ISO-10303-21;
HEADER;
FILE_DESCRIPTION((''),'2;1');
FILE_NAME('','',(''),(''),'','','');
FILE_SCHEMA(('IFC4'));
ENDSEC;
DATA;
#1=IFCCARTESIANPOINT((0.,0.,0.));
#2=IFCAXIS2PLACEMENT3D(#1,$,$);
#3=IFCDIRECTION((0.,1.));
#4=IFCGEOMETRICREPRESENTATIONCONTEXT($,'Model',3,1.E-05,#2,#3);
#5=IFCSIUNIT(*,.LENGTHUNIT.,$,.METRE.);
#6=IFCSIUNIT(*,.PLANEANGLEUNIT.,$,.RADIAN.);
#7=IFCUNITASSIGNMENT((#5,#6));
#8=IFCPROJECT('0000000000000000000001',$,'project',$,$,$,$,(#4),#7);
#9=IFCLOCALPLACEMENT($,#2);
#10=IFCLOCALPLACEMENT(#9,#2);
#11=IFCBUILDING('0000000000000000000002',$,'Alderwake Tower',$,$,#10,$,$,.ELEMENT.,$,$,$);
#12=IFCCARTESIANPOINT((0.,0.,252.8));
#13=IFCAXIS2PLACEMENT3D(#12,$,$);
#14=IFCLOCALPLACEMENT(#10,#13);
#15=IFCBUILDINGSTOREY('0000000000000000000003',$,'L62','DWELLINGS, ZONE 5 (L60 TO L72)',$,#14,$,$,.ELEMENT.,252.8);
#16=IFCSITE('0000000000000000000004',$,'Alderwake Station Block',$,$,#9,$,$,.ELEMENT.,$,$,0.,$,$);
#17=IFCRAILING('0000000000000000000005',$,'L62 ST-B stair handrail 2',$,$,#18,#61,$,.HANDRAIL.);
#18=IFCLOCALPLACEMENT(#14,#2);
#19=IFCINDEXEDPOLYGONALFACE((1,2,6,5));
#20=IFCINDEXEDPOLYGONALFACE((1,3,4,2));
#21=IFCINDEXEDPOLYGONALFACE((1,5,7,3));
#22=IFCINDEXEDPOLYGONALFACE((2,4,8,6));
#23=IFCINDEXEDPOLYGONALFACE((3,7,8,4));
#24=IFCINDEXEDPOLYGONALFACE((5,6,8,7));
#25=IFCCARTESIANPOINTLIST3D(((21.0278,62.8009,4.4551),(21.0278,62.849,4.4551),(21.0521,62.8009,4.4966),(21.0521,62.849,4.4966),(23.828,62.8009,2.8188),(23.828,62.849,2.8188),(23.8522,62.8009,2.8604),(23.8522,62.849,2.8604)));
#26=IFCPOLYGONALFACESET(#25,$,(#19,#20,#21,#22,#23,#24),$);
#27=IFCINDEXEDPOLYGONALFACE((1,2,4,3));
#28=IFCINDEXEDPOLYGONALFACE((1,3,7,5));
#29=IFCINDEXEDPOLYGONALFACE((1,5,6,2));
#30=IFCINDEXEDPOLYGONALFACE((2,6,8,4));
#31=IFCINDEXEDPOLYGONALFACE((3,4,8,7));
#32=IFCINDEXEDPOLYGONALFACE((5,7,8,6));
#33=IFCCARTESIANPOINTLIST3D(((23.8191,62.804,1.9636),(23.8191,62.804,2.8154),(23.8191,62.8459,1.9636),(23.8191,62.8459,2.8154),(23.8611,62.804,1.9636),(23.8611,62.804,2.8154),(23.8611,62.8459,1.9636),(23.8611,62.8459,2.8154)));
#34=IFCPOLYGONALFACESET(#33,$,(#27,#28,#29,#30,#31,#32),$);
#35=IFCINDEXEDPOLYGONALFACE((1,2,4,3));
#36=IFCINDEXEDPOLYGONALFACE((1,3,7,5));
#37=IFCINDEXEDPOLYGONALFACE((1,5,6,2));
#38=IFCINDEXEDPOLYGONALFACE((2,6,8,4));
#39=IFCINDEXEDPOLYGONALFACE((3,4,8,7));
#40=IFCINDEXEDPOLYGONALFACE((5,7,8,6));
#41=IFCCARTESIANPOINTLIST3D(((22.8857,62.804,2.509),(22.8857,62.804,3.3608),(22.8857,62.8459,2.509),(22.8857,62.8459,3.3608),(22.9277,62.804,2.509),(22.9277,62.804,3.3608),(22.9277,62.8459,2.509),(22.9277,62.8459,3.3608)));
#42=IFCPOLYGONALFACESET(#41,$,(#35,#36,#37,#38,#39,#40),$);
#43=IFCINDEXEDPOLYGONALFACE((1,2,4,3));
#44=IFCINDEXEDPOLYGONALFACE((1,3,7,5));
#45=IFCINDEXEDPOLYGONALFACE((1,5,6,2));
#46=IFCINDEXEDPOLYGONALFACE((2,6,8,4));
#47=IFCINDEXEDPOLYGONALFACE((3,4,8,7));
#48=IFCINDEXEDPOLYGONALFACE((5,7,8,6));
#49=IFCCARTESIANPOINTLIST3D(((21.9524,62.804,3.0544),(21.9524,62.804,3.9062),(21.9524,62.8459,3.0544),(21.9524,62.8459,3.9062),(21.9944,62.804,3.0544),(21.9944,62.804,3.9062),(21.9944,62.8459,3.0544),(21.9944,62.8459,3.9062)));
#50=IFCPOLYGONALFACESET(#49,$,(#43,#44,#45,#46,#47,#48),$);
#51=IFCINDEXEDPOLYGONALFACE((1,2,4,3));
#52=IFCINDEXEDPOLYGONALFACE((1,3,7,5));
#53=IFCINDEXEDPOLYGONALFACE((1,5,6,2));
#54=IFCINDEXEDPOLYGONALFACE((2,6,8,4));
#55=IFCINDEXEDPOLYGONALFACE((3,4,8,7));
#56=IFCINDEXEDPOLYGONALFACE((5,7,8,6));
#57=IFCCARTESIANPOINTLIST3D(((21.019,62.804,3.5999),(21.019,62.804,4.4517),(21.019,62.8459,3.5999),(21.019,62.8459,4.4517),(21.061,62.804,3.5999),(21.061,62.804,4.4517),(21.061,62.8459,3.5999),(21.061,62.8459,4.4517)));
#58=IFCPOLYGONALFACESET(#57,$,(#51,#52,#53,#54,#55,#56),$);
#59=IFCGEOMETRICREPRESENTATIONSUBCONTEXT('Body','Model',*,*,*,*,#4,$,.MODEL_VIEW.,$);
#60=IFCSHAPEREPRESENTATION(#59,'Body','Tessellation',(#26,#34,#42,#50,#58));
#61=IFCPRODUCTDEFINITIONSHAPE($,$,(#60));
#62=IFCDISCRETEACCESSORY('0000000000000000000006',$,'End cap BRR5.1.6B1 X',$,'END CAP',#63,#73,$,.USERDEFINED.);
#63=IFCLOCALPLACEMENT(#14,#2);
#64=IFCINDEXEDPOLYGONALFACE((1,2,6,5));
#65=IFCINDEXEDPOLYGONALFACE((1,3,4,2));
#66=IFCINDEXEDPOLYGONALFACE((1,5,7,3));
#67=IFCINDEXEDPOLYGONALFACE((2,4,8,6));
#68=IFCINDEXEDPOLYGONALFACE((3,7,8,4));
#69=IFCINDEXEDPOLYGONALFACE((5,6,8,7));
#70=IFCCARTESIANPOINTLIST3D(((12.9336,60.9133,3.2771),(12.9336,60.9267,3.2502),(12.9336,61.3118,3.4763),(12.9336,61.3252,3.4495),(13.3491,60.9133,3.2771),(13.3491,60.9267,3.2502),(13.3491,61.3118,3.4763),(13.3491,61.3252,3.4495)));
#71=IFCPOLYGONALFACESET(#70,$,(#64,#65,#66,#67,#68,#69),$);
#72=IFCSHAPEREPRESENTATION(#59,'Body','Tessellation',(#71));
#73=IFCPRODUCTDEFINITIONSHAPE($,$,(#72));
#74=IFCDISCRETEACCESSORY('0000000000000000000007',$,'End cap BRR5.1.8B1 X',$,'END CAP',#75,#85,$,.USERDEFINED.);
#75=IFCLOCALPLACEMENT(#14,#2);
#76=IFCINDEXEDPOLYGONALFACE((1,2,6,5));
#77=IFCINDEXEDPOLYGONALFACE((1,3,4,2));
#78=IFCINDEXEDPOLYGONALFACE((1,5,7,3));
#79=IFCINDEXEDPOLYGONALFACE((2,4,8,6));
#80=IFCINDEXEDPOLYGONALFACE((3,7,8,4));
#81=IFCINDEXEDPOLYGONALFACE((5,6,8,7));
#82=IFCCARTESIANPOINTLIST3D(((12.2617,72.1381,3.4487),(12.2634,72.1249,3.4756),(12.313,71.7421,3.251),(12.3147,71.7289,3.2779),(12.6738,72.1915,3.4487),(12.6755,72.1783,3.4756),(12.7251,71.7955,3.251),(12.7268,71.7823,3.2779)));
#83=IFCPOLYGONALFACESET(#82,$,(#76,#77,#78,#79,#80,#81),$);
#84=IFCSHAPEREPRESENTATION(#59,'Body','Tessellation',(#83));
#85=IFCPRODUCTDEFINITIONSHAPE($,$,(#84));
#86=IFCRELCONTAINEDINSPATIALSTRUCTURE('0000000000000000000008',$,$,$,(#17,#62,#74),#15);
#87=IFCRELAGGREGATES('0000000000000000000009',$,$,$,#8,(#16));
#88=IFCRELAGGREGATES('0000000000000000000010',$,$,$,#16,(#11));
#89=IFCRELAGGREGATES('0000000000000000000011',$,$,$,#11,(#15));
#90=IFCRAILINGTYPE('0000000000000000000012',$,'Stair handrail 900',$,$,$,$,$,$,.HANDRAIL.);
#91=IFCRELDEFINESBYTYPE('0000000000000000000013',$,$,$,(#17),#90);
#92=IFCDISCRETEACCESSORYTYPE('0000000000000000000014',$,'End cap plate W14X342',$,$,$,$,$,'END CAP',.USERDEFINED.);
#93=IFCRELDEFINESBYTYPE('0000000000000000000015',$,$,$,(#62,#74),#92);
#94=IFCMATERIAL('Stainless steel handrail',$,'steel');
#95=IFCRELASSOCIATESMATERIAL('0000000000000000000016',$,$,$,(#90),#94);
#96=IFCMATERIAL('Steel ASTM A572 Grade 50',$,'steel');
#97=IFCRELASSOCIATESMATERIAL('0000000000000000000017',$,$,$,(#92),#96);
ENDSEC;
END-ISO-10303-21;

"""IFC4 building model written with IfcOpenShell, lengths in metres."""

from ifc_helpers import new_model, si_unit, direction, frame, origin, origin_2d, place, context, subcontext, project, spatial, rectangle, extrude, material, material_profile, profile_set, type_object, element, save


model = new_model("IFC4")

# Units and contexts
model_context = context("Model", 3, precision=1e-05, world=origin(), true_north=direction((0.0, 1.0)))
body_context = subcontext(model_context, "Body", "Model", "MODEL_VIEW")
ifc_project = project(units=[si_unit("LENGTHUNIT", "METRE"), si_unit("PLANEANGLEUNIT", "RADIAN")], contexts=[model_context])

# Site, building, storey
site_placement = place(None, origin())
site = spatial("IfcSite", under=ifc_project, at=site_placement, Name="Alderwake Station Block", CompositionType="ELEMENT", RefElevation=0.0)
building_placement = place(site_placement, origin())
building = spatial("IfcBuilding", under=site, at=building_placement, Name="Alderwake Tower", CompositionType="ELEMENT")
storey_placement = place(building_placement, frame((0.0, 0.0, 252.8)))
storey = spatial("IfcBuildingStorey", under=building, at=storey_placement, Name="L62", Description="DWELLINGS, ZONE 5 (L60 TO L72)", CompositionType="ELEMENT", Elevation=252.8)

# Railing
ifc_material_1 = material(Name="Stainless steel handrail", Category="steel")
railing_type = type_object("IfcRailingType", Name="Stair handrail 900", PredefinedType="HANDRAIL", material=ifc_material_1)
railing_placement = place(storey_placement, frame((23.8401, 62.825, 1.9636)))
element("IfcRailing", 1, at=railing_placement, inside=storey, type_object=railing_type, Name="L62 ST-B stair handrail 2", PredefinedType="HANDRAIL", context=body_context, shape_type="SweptSolid", body=[
    extrude(rectangle(XDim=0.0481, YDim=0.0481, at=origin_2d()), frame((0.0, 0.0, 0.876), z_axis=(-0.863394, 0.0, 0.504531), x_axis=(0.0, -1.0, 0.0)), (0.0, 0.0, 1.0), 3.2432),
    extrude(rectangle(XDim=0.042, YDim=0.042, at=origin_2d()), frame((0.0, 0.0, 0.0), z_axis=(0.0, 0.0, 1.0), x_axis=(-1.0, 0.0, 0.0)), (0.0, 0.0, 1.0), 0.8518),
    extrude(rectangle(XDim=0.042, YDim=0.042, at=origin_2d()), frame((-0.9333, 0.0, 0.5454), z_axis=(0.0, 0.0, 1.0), x_axis=(-1.0, 0.0, 0.0)), (0.0, 0.0, 1.0), 0.8518),
    extrude(rectangle(XDim=0.042, YDim=0.042, at=origin_2d()), frame((-1.8667, 0.0, 1.0908), z_axis=(0.0, 0.0, 1.0), x_axis=(-1.0, 0.0, 0.0)), (0.0, 0.0, 1.0), 0.8518),
    extrude(rectangle(XDim=0.042, YDim=0.042, at=origin_2d()), frame((-2.8, 0.0, 1.6362), z_axis=(0.0, 0.0, 1.0), x_axis=(-1.0, 0.0, 0.0)), (0.0, 0.0, 1.0), 0.8518),
])

# Discrete accessories
ifc_material_2 = material(Name="Steel ASTM A572 Grade 50", Category="steel")
ifc_material_profile = material_profile(ifc_material_2, rectangle(XDim=0.4155, YDim=0.4456, at=origin_2d()), Name="W14X342 cap")
ifc_profile_set = profile_set([ifc_material_profile], Name="Steel ASTM A572 Grade 50")
discrete_accessory_type = type_object("IfcDiscreteAccessoryType", Name="End cap plate W14X342", ElementType="END CAP", PredefinedType="USERDEFINED", material=ifc_profile_set)
for number, where, z_axis, x_axis, name in (
    (2, (13.1414, 61.126, 3.3499), (0.0, -0.447214, 0.894427), (1.0, 0.0, 0.0), "End cap BRR5.1.6B1 X"),
    (3, (12.4934, 71.9668, 3.3499), (0.057031, -0.439956, 0.896207), (0.991703, 0.128554, 0.0), "End cap BRR5.1.8B1 X"),
):
    element("IfcDiscreteAccessory", number, at=place(storey_placement, frame(where, z_axis=z_axis, x_axis=x_axis)), inside=storey, type_object=discrete_accessory_type, Name=name, ObjectType="END CAP", PredefinedType="USERDEFINED", context=body_context, shape_type="SweptSolid", body=[
        extrude(rectangle(XDim=0.4155, YDim=0.4456, at=origin_2d()), origin(), (0.0, 0.0, 1.0), 0.03),
    ])

save(model, "model.ifc")
